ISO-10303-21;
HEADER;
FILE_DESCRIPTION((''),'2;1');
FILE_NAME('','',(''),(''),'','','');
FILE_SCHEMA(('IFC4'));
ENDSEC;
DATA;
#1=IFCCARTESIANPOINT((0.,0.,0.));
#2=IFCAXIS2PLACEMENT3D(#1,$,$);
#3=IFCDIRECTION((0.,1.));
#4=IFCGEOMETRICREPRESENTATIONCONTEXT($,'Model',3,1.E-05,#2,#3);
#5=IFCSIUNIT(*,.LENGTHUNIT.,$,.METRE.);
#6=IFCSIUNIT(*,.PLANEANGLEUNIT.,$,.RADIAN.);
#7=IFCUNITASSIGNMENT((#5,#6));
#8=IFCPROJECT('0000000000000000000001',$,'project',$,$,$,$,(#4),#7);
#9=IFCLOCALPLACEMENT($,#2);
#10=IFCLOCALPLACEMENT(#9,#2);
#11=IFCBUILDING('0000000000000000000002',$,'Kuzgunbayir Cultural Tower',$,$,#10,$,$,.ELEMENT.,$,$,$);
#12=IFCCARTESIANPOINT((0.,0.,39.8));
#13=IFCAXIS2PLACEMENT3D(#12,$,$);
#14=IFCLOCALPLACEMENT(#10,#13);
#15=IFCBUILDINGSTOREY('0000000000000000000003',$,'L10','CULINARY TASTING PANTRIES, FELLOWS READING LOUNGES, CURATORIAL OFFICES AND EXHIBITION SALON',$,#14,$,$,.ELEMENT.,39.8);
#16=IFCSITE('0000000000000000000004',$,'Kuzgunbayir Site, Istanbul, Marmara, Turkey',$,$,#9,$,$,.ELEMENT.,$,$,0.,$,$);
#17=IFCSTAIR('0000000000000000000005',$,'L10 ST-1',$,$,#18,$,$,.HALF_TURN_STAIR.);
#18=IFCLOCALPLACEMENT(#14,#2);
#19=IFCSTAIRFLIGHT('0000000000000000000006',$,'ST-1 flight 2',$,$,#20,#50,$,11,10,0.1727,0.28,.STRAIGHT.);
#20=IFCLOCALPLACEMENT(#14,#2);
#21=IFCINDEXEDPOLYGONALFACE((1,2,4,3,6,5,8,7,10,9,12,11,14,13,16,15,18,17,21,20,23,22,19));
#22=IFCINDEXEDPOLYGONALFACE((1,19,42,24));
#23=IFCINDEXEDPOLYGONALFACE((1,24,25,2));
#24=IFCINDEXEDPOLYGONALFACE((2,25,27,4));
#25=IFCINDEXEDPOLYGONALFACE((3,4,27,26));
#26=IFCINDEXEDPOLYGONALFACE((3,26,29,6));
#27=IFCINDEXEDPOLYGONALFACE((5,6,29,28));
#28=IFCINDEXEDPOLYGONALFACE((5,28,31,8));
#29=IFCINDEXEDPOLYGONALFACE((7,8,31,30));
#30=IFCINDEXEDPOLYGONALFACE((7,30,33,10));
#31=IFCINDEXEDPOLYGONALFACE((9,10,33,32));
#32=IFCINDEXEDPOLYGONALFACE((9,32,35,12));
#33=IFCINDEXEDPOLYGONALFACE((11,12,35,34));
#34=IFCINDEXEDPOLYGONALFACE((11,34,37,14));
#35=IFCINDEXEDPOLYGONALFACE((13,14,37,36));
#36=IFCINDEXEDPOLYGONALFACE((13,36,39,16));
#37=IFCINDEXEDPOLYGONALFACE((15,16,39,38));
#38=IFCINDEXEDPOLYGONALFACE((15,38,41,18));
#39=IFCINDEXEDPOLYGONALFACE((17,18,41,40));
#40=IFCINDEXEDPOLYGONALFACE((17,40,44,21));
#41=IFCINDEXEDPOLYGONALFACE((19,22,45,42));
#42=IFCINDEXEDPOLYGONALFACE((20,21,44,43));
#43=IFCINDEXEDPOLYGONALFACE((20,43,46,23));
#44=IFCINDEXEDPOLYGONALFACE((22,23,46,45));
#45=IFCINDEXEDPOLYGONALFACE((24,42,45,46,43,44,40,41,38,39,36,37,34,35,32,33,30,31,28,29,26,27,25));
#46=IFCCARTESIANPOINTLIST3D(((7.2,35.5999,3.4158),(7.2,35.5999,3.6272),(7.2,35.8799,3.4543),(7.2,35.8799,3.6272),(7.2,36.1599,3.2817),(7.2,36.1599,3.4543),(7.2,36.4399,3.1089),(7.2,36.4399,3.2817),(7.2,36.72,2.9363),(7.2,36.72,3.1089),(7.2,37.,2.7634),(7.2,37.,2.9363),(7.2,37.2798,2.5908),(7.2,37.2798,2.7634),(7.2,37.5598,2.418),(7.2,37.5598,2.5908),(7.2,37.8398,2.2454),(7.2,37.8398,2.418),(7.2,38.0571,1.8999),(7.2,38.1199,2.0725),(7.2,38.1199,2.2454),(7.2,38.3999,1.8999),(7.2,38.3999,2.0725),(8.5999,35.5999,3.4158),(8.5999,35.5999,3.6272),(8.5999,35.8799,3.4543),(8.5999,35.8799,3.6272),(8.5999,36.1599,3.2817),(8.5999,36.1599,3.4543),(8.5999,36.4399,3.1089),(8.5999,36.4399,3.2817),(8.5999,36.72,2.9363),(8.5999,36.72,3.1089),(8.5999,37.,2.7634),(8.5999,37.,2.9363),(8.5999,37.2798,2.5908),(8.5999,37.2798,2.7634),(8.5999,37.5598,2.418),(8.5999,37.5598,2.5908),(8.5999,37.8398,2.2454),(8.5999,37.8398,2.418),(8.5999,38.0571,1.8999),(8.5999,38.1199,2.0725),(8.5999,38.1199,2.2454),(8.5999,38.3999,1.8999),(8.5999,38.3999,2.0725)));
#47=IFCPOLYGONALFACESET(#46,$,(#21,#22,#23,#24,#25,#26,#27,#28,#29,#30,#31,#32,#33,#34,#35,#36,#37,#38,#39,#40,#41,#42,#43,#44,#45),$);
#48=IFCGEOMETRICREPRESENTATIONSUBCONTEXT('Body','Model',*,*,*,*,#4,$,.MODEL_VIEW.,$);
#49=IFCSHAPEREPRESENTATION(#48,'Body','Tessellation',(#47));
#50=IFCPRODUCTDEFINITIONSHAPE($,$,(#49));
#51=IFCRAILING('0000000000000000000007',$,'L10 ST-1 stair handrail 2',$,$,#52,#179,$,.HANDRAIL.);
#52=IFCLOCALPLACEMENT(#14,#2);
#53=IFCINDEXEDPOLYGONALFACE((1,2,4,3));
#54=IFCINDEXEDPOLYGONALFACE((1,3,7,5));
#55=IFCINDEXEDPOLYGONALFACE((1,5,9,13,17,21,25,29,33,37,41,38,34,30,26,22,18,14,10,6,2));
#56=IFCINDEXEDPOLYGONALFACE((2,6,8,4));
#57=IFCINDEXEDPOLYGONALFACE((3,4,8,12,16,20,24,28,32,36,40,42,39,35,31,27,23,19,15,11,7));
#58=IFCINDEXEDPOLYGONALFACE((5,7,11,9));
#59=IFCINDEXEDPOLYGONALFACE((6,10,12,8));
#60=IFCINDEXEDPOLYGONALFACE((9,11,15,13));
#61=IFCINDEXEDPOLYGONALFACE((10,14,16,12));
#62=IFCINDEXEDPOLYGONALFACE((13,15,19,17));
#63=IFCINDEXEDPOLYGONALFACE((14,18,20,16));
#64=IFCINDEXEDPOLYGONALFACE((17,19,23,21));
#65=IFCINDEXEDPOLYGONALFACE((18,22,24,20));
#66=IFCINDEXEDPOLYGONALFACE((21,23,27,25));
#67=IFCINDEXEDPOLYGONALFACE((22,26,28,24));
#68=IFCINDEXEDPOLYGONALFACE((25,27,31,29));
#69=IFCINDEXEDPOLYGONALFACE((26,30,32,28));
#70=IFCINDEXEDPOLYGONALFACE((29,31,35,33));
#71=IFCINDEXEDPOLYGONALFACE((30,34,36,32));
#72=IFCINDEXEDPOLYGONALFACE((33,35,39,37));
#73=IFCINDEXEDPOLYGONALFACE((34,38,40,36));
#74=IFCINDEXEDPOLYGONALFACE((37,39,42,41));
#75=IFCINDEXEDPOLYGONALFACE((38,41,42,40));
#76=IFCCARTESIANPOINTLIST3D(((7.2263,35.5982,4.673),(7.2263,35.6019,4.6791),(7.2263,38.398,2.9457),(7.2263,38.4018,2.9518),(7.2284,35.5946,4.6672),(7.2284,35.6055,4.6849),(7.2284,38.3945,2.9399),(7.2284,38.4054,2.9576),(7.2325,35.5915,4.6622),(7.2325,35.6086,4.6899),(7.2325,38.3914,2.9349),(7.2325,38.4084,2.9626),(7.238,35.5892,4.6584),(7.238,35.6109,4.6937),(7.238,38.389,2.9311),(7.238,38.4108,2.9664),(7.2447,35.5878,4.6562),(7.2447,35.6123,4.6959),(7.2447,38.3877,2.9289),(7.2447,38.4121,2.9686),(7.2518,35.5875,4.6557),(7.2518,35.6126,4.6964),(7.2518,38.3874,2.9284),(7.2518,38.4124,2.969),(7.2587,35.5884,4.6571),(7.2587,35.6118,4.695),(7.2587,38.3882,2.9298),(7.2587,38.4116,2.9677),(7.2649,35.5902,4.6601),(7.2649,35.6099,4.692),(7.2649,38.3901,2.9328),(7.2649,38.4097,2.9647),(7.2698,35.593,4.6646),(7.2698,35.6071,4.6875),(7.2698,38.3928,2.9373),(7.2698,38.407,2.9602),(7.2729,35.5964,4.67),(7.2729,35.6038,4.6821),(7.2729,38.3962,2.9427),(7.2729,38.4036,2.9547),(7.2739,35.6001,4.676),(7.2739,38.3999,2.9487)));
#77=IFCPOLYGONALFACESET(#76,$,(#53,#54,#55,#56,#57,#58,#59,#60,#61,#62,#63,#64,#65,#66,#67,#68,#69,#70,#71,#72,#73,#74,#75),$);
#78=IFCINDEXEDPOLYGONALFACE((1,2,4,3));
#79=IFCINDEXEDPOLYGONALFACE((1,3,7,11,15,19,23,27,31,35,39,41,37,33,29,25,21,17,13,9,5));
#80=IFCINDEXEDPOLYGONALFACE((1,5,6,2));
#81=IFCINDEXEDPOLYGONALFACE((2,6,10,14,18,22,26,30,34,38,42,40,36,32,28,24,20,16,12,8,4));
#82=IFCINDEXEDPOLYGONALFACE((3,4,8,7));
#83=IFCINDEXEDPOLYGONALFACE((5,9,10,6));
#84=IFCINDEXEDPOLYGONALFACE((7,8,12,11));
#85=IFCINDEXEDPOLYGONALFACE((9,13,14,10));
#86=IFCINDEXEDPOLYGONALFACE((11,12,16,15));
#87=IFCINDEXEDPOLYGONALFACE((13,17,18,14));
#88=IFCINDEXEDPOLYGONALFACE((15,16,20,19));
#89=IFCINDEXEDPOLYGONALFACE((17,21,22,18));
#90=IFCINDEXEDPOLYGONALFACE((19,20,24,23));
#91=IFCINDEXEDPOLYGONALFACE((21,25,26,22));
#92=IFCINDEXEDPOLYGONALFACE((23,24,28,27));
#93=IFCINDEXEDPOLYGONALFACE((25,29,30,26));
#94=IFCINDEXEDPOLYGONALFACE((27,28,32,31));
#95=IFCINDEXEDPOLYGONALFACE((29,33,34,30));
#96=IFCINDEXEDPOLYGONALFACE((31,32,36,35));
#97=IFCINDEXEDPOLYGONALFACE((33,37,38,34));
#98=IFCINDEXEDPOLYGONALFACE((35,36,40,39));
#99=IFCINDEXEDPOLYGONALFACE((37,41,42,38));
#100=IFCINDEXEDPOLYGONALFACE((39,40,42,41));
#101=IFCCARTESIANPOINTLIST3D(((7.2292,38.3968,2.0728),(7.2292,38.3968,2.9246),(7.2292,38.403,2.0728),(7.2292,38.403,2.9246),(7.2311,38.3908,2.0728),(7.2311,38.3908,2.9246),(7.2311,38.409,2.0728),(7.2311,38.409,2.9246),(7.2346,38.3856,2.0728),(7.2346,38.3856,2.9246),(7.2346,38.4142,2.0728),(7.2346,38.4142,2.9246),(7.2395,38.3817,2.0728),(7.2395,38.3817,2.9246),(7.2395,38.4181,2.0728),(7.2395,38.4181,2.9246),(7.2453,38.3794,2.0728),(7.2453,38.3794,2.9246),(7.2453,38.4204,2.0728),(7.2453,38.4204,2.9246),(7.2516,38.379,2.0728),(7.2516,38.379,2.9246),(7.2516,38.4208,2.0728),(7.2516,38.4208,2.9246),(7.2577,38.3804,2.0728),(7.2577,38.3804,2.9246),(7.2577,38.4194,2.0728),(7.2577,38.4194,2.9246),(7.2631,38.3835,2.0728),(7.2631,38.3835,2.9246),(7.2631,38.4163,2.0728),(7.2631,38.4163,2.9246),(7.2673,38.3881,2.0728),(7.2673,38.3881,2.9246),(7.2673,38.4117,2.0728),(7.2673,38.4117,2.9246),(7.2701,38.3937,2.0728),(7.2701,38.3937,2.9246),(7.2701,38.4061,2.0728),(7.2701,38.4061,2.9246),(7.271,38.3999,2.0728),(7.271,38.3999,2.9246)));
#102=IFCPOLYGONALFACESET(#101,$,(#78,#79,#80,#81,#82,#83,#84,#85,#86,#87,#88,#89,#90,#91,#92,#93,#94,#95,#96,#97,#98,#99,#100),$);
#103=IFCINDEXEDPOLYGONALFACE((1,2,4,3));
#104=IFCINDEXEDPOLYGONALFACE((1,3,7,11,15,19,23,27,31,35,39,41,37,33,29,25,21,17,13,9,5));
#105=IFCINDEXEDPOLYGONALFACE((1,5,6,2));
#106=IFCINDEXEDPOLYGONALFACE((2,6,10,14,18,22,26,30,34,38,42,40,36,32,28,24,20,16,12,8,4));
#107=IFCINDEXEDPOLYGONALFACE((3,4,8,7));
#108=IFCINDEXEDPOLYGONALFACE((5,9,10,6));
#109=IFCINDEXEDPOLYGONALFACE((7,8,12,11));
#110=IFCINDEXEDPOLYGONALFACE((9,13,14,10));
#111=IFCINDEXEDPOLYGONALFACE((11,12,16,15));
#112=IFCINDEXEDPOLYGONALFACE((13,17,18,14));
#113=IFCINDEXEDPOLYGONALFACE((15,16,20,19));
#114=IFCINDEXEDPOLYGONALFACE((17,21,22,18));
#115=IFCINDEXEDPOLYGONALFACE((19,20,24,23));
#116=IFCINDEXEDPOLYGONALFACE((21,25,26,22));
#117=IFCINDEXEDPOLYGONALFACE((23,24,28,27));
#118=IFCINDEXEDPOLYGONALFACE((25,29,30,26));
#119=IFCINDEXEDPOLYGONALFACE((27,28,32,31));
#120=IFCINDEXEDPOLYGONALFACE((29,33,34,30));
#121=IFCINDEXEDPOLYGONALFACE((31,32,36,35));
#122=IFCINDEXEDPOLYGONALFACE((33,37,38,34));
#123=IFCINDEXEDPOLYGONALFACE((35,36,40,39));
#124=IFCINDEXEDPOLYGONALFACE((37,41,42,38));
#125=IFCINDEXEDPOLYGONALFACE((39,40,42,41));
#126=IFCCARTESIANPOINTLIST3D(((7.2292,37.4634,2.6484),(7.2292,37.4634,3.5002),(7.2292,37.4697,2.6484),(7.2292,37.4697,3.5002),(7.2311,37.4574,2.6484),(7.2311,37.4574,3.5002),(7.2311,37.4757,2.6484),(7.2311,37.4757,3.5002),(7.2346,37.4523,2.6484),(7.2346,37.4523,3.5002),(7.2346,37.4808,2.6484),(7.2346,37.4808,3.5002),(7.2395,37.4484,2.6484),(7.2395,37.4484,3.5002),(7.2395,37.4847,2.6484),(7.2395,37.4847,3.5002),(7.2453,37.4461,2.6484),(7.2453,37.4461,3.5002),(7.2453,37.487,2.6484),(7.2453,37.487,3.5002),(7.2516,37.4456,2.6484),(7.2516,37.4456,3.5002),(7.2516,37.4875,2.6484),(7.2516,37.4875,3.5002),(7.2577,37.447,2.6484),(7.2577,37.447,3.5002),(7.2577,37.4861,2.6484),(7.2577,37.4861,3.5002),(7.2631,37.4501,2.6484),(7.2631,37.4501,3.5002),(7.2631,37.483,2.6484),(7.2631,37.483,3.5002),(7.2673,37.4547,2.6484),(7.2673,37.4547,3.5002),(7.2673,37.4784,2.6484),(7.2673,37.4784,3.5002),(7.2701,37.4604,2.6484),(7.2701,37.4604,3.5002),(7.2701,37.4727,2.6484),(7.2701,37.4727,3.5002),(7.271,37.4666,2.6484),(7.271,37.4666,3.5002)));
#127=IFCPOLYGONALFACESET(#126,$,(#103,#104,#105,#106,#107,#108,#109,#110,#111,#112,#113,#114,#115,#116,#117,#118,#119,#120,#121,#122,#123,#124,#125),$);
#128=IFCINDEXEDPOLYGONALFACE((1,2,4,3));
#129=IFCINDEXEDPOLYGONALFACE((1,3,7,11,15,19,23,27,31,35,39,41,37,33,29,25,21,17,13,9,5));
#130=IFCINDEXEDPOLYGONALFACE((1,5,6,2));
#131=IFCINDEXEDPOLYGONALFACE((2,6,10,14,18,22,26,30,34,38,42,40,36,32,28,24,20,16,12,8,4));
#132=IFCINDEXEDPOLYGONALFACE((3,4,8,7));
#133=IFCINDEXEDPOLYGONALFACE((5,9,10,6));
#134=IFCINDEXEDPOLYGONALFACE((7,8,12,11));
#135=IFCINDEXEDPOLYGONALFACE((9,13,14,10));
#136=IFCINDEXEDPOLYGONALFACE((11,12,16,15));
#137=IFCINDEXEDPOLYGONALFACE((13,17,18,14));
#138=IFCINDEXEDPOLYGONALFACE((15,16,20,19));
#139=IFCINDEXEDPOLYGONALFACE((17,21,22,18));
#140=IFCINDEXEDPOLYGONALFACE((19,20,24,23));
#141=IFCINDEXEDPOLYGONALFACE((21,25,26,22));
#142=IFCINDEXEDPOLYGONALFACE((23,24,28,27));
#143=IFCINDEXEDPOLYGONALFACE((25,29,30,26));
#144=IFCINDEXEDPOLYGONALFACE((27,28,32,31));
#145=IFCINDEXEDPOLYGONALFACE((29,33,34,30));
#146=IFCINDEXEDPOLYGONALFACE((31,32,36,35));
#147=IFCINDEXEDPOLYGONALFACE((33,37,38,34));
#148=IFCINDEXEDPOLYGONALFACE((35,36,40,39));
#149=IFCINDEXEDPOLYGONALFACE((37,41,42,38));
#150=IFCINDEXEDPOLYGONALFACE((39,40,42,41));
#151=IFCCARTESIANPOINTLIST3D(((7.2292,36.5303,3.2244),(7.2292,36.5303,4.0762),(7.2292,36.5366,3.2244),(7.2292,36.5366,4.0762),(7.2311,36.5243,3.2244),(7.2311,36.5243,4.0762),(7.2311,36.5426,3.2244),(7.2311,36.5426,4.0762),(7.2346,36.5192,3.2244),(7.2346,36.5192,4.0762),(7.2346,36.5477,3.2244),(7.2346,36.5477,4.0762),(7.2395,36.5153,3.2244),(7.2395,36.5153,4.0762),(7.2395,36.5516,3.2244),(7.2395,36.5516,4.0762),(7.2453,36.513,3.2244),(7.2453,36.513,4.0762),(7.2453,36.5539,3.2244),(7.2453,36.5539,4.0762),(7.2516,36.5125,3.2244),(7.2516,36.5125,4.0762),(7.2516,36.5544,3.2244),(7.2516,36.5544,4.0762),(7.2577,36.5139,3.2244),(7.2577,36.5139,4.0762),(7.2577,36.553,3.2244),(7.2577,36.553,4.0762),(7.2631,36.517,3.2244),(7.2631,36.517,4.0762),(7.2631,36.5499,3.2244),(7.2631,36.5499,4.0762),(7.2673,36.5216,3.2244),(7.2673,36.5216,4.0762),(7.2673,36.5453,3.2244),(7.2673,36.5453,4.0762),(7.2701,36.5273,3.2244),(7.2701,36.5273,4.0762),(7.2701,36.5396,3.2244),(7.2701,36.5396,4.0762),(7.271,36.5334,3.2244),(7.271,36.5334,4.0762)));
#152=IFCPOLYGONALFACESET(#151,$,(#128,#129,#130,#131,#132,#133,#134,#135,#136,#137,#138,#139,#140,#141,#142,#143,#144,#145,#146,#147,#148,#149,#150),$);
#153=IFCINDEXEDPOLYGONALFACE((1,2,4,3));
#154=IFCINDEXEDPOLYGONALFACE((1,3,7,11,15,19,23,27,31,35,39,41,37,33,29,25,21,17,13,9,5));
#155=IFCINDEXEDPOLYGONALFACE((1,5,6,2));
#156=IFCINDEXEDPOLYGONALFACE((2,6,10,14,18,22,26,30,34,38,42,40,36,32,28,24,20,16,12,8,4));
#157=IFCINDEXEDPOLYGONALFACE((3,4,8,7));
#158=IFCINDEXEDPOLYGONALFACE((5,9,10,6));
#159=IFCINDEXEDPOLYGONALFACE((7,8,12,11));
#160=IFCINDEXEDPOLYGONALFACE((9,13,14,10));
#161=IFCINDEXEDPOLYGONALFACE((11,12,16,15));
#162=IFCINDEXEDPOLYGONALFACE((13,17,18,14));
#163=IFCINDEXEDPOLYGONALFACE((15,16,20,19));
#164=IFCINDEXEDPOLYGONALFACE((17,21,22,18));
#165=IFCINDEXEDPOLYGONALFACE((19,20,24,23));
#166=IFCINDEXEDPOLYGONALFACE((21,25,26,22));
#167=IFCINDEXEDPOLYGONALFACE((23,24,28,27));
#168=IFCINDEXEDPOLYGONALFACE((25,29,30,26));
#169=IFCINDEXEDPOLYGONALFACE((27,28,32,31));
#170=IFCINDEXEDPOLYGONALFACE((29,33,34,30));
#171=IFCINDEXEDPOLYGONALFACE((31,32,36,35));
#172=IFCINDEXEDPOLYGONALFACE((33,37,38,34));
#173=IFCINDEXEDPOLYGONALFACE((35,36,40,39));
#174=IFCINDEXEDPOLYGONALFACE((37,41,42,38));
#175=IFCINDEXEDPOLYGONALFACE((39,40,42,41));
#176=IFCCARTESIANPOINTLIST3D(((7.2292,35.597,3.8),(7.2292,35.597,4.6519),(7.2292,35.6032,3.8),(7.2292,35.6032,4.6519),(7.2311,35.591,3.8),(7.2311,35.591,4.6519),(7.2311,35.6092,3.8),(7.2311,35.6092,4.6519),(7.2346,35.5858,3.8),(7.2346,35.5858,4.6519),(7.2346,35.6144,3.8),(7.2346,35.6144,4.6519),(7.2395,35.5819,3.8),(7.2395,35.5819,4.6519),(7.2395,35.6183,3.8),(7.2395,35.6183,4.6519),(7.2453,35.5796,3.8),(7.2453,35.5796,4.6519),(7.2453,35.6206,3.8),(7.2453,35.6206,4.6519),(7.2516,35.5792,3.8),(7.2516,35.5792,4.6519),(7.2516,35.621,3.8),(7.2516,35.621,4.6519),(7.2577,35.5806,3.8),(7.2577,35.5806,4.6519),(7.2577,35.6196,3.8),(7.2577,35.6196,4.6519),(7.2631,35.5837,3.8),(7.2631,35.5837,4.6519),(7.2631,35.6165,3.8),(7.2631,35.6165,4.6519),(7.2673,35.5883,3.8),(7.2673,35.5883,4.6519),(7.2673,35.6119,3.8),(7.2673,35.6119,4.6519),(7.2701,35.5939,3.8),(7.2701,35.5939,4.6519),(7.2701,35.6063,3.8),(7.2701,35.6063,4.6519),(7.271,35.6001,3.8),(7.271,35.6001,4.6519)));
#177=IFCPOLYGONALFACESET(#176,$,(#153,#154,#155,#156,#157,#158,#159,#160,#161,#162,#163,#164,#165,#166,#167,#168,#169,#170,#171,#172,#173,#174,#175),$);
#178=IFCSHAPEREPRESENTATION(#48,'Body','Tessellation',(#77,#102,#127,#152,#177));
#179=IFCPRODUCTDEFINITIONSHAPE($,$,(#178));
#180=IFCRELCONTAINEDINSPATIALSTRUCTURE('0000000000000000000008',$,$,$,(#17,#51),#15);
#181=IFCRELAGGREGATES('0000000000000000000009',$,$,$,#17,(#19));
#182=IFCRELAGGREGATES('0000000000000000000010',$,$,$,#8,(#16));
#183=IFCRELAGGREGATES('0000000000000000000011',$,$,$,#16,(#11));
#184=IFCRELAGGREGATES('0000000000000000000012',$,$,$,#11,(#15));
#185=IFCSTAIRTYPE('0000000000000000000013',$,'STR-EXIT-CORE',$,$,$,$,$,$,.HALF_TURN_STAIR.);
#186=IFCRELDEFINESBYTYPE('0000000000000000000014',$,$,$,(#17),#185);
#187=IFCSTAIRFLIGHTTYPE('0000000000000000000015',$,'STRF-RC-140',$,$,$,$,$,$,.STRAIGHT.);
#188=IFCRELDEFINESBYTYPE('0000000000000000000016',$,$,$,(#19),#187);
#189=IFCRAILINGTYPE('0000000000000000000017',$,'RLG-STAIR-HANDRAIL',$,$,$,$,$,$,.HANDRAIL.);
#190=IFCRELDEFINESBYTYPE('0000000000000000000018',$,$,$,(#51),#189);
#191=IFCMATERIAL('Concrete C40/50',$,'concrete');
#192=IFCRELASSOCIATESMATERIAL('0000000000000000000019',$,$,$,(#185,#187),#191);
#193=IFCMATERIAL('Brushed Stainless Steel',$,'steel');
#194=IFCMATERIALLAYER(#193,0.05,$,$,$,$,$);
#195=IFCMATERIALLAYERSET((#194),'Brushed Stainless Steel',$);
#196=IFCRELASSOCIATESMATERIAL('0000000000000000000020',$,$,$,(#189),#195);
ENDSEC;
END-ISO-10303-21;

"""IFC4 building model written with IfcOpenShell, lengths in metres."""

from ifc_helpers import new_model, si_unit, direction, frame, origin, origin_2d, place, context, subcontext, project, spatial, polyline, circle, outline, extrude, material, layer, layer_set, type_object, element, aggregate, save


model = new_model("IFC4")

# Units and contexts
model_context = context("Model", 3, precision=1e-05, world=origin(), true_north=direction((0.0, 1.0)))
body_context = subcontext(model_context, "Body", "Model", "MODEL_VIEW")
ifc_project = project(units=[si_unit("LENGTHUNIT", "METRE"), si_unit("PLANEANGLEUNIT", "RADIAN")], contexts=[model_context])

# Site, building, storey
site_placement = place(None, origin())
site = spatial("IfcSite", under=ifc_project, at=site_placement, Name="Kuzgunbayir Site, Istanbul, Marmara, Turkey", CompositionType="ELEMENT", RefElevation=0.0)
building_placement = place(site_placement, origin())
building = spatial("IfcBuilding", under=site, at=building_placement, Name="Kuzgunbayir Cultural Tower", CompositionType="ELEMENT")
storey_placement = place(building_placement, frame((0.0, 0.0, 39.8)))
storey = spatial("IfcBuildingStorey", under=building, at=storey_placement, Name="L10", Description="CULINARY TASTING PANTRIES, FELLOWS READING LOUNGES, CURATORIAL OFFICES AND EXHIBITION SALON", CompositionType="ELEMENT", Elevation=39.8)

# Stair, stair flight
ifc_material_1 = material(Name="Concrete C40/50", Category="concrete")
stair_type = type_object("IfcStairType", Name="STR-EXIT-CORE", PredefinedType="HALF_TURN_STAIR", material=ifc_material_1)
stair_placement = place(storey_placement, origin())
stair = element("IfcStair", 1, at=stair_placement, inside=storey, type_object=stair_type, Name="L10 ST-1", PredefinedType="HALF_TURN_STAIR")
stair_flight_type = type_object("IfcStairFlightType", Name="STRF-RC-140", PredefinedType="STRAIGHT", material=ifc_material_1)
stair_flight_placement = place(storey_placement, frame((7.8999, 38.3999, 1.8999), z_axis=(0.0, 0.0, 1.0), x_axis=(0.0, -1.0, 0.0)))
stair_flight = element("IfcStairFlight", 2, at=stair_flight_placement, type_object=stair_flight_type, Name="ST-1 flight 2", NumberOfRisers=11, NumberOfTreads=10, PredefinedType="STRAIGHT", RiserHeight=0.1727, TreadLength=0.28, context=body_context, shape_type="SweptSolid", body=[
    extrude(outline(polyline([(0.0, 0.0), (0.0, 0.1726), (0.28, 0.1726), (0.28, 0.3455), (0.5601, 0.3455), (0.5601, 0.5181), (0.8401, 0.5181), (0.8401, 0.6909), (1.1201, 0.6909), (1.1201, 0.8635), (1.3999, 0.8635), (1.3999, 1.0364), (1.6799, 1.0364), (1.6799, 1.209), (1.96, 1.209), (1.96, 1.3818), (2.24, 1.3818), (2.24, 1.5544), (2.52, 1.5544), (2.52, 1.7273), (2.8, 1.7273), (2.8, 1.8999), (2.8, 1.5159), (0.3428, 0.0), (0.0, 0.0)])), frame((0.0, 0.7, 0.0), z_axis=(0.0, -1.0, 0.0), x_axis=(1.0, 0.0, 0.0)), (0.0, 0.0, 1.0), 1.3999),
])
aggregate(stair, [stair_flight])

# Railing
ifc_material_2 = material(Name="Brushed Stainless Steel", Category="steel")
ifc_layer_1 = layer(ifc_material_2, 0.05)
ifc_layer_set_1 = layer_set([ifc_layer_1], Name="Brushed Stainless Steel")
railing_type_1 = type_object("IfcRailingType", Name="RLG-STAIR-HANDRAIL", PredefinedType="HANDRAIL", material=ifc_layer_set_1)
railing_1_placement = place(storey_placement, frame((7.25, 38.3999, 2.0728)))
element("IfcRailing", 3, at=railing_1_placement, inside=storey, type_object=railing_type_1, Name="L10 ST-1 stair handrail 2", PredefinedType="HANDRAIL", context=body_context, shape_type="SweptSolid", body=[
    extrude(circle(Radius=0.0239, at=origin_2d()), frame((0.0, 0.0, 0.876), z_axis=(0.0, -0.851069, 0.525054), x_axis=(1.0, 0.0, 0.0)), (0.0, 0.0, 1.0), 3.2898),
    extrude(circle(Radius=0.021, at=origin_2d()), origin(), (0.0, 0.0, 1.0), 0.8518),
    extrude(circle(Radius=0.021, at=origin_2d()), frame((0.0, -0.9333, 0.5757)), (0.0, 0.0, 1.0), 0.8518),
    extrude(circle(Radius=0.021, at=origin_2d()), frame((0.0, -1.8665, 1.1516)), (0.0, 0.0, 1.0), 0.8518),
    extrude(circle(Radius=0.021, at=origin_2d()), frame((0.0, -2.7998, 1.7273)), (0.0, 0.0, 1.0), 0.8518),
])

save(model, "model.ifc")
